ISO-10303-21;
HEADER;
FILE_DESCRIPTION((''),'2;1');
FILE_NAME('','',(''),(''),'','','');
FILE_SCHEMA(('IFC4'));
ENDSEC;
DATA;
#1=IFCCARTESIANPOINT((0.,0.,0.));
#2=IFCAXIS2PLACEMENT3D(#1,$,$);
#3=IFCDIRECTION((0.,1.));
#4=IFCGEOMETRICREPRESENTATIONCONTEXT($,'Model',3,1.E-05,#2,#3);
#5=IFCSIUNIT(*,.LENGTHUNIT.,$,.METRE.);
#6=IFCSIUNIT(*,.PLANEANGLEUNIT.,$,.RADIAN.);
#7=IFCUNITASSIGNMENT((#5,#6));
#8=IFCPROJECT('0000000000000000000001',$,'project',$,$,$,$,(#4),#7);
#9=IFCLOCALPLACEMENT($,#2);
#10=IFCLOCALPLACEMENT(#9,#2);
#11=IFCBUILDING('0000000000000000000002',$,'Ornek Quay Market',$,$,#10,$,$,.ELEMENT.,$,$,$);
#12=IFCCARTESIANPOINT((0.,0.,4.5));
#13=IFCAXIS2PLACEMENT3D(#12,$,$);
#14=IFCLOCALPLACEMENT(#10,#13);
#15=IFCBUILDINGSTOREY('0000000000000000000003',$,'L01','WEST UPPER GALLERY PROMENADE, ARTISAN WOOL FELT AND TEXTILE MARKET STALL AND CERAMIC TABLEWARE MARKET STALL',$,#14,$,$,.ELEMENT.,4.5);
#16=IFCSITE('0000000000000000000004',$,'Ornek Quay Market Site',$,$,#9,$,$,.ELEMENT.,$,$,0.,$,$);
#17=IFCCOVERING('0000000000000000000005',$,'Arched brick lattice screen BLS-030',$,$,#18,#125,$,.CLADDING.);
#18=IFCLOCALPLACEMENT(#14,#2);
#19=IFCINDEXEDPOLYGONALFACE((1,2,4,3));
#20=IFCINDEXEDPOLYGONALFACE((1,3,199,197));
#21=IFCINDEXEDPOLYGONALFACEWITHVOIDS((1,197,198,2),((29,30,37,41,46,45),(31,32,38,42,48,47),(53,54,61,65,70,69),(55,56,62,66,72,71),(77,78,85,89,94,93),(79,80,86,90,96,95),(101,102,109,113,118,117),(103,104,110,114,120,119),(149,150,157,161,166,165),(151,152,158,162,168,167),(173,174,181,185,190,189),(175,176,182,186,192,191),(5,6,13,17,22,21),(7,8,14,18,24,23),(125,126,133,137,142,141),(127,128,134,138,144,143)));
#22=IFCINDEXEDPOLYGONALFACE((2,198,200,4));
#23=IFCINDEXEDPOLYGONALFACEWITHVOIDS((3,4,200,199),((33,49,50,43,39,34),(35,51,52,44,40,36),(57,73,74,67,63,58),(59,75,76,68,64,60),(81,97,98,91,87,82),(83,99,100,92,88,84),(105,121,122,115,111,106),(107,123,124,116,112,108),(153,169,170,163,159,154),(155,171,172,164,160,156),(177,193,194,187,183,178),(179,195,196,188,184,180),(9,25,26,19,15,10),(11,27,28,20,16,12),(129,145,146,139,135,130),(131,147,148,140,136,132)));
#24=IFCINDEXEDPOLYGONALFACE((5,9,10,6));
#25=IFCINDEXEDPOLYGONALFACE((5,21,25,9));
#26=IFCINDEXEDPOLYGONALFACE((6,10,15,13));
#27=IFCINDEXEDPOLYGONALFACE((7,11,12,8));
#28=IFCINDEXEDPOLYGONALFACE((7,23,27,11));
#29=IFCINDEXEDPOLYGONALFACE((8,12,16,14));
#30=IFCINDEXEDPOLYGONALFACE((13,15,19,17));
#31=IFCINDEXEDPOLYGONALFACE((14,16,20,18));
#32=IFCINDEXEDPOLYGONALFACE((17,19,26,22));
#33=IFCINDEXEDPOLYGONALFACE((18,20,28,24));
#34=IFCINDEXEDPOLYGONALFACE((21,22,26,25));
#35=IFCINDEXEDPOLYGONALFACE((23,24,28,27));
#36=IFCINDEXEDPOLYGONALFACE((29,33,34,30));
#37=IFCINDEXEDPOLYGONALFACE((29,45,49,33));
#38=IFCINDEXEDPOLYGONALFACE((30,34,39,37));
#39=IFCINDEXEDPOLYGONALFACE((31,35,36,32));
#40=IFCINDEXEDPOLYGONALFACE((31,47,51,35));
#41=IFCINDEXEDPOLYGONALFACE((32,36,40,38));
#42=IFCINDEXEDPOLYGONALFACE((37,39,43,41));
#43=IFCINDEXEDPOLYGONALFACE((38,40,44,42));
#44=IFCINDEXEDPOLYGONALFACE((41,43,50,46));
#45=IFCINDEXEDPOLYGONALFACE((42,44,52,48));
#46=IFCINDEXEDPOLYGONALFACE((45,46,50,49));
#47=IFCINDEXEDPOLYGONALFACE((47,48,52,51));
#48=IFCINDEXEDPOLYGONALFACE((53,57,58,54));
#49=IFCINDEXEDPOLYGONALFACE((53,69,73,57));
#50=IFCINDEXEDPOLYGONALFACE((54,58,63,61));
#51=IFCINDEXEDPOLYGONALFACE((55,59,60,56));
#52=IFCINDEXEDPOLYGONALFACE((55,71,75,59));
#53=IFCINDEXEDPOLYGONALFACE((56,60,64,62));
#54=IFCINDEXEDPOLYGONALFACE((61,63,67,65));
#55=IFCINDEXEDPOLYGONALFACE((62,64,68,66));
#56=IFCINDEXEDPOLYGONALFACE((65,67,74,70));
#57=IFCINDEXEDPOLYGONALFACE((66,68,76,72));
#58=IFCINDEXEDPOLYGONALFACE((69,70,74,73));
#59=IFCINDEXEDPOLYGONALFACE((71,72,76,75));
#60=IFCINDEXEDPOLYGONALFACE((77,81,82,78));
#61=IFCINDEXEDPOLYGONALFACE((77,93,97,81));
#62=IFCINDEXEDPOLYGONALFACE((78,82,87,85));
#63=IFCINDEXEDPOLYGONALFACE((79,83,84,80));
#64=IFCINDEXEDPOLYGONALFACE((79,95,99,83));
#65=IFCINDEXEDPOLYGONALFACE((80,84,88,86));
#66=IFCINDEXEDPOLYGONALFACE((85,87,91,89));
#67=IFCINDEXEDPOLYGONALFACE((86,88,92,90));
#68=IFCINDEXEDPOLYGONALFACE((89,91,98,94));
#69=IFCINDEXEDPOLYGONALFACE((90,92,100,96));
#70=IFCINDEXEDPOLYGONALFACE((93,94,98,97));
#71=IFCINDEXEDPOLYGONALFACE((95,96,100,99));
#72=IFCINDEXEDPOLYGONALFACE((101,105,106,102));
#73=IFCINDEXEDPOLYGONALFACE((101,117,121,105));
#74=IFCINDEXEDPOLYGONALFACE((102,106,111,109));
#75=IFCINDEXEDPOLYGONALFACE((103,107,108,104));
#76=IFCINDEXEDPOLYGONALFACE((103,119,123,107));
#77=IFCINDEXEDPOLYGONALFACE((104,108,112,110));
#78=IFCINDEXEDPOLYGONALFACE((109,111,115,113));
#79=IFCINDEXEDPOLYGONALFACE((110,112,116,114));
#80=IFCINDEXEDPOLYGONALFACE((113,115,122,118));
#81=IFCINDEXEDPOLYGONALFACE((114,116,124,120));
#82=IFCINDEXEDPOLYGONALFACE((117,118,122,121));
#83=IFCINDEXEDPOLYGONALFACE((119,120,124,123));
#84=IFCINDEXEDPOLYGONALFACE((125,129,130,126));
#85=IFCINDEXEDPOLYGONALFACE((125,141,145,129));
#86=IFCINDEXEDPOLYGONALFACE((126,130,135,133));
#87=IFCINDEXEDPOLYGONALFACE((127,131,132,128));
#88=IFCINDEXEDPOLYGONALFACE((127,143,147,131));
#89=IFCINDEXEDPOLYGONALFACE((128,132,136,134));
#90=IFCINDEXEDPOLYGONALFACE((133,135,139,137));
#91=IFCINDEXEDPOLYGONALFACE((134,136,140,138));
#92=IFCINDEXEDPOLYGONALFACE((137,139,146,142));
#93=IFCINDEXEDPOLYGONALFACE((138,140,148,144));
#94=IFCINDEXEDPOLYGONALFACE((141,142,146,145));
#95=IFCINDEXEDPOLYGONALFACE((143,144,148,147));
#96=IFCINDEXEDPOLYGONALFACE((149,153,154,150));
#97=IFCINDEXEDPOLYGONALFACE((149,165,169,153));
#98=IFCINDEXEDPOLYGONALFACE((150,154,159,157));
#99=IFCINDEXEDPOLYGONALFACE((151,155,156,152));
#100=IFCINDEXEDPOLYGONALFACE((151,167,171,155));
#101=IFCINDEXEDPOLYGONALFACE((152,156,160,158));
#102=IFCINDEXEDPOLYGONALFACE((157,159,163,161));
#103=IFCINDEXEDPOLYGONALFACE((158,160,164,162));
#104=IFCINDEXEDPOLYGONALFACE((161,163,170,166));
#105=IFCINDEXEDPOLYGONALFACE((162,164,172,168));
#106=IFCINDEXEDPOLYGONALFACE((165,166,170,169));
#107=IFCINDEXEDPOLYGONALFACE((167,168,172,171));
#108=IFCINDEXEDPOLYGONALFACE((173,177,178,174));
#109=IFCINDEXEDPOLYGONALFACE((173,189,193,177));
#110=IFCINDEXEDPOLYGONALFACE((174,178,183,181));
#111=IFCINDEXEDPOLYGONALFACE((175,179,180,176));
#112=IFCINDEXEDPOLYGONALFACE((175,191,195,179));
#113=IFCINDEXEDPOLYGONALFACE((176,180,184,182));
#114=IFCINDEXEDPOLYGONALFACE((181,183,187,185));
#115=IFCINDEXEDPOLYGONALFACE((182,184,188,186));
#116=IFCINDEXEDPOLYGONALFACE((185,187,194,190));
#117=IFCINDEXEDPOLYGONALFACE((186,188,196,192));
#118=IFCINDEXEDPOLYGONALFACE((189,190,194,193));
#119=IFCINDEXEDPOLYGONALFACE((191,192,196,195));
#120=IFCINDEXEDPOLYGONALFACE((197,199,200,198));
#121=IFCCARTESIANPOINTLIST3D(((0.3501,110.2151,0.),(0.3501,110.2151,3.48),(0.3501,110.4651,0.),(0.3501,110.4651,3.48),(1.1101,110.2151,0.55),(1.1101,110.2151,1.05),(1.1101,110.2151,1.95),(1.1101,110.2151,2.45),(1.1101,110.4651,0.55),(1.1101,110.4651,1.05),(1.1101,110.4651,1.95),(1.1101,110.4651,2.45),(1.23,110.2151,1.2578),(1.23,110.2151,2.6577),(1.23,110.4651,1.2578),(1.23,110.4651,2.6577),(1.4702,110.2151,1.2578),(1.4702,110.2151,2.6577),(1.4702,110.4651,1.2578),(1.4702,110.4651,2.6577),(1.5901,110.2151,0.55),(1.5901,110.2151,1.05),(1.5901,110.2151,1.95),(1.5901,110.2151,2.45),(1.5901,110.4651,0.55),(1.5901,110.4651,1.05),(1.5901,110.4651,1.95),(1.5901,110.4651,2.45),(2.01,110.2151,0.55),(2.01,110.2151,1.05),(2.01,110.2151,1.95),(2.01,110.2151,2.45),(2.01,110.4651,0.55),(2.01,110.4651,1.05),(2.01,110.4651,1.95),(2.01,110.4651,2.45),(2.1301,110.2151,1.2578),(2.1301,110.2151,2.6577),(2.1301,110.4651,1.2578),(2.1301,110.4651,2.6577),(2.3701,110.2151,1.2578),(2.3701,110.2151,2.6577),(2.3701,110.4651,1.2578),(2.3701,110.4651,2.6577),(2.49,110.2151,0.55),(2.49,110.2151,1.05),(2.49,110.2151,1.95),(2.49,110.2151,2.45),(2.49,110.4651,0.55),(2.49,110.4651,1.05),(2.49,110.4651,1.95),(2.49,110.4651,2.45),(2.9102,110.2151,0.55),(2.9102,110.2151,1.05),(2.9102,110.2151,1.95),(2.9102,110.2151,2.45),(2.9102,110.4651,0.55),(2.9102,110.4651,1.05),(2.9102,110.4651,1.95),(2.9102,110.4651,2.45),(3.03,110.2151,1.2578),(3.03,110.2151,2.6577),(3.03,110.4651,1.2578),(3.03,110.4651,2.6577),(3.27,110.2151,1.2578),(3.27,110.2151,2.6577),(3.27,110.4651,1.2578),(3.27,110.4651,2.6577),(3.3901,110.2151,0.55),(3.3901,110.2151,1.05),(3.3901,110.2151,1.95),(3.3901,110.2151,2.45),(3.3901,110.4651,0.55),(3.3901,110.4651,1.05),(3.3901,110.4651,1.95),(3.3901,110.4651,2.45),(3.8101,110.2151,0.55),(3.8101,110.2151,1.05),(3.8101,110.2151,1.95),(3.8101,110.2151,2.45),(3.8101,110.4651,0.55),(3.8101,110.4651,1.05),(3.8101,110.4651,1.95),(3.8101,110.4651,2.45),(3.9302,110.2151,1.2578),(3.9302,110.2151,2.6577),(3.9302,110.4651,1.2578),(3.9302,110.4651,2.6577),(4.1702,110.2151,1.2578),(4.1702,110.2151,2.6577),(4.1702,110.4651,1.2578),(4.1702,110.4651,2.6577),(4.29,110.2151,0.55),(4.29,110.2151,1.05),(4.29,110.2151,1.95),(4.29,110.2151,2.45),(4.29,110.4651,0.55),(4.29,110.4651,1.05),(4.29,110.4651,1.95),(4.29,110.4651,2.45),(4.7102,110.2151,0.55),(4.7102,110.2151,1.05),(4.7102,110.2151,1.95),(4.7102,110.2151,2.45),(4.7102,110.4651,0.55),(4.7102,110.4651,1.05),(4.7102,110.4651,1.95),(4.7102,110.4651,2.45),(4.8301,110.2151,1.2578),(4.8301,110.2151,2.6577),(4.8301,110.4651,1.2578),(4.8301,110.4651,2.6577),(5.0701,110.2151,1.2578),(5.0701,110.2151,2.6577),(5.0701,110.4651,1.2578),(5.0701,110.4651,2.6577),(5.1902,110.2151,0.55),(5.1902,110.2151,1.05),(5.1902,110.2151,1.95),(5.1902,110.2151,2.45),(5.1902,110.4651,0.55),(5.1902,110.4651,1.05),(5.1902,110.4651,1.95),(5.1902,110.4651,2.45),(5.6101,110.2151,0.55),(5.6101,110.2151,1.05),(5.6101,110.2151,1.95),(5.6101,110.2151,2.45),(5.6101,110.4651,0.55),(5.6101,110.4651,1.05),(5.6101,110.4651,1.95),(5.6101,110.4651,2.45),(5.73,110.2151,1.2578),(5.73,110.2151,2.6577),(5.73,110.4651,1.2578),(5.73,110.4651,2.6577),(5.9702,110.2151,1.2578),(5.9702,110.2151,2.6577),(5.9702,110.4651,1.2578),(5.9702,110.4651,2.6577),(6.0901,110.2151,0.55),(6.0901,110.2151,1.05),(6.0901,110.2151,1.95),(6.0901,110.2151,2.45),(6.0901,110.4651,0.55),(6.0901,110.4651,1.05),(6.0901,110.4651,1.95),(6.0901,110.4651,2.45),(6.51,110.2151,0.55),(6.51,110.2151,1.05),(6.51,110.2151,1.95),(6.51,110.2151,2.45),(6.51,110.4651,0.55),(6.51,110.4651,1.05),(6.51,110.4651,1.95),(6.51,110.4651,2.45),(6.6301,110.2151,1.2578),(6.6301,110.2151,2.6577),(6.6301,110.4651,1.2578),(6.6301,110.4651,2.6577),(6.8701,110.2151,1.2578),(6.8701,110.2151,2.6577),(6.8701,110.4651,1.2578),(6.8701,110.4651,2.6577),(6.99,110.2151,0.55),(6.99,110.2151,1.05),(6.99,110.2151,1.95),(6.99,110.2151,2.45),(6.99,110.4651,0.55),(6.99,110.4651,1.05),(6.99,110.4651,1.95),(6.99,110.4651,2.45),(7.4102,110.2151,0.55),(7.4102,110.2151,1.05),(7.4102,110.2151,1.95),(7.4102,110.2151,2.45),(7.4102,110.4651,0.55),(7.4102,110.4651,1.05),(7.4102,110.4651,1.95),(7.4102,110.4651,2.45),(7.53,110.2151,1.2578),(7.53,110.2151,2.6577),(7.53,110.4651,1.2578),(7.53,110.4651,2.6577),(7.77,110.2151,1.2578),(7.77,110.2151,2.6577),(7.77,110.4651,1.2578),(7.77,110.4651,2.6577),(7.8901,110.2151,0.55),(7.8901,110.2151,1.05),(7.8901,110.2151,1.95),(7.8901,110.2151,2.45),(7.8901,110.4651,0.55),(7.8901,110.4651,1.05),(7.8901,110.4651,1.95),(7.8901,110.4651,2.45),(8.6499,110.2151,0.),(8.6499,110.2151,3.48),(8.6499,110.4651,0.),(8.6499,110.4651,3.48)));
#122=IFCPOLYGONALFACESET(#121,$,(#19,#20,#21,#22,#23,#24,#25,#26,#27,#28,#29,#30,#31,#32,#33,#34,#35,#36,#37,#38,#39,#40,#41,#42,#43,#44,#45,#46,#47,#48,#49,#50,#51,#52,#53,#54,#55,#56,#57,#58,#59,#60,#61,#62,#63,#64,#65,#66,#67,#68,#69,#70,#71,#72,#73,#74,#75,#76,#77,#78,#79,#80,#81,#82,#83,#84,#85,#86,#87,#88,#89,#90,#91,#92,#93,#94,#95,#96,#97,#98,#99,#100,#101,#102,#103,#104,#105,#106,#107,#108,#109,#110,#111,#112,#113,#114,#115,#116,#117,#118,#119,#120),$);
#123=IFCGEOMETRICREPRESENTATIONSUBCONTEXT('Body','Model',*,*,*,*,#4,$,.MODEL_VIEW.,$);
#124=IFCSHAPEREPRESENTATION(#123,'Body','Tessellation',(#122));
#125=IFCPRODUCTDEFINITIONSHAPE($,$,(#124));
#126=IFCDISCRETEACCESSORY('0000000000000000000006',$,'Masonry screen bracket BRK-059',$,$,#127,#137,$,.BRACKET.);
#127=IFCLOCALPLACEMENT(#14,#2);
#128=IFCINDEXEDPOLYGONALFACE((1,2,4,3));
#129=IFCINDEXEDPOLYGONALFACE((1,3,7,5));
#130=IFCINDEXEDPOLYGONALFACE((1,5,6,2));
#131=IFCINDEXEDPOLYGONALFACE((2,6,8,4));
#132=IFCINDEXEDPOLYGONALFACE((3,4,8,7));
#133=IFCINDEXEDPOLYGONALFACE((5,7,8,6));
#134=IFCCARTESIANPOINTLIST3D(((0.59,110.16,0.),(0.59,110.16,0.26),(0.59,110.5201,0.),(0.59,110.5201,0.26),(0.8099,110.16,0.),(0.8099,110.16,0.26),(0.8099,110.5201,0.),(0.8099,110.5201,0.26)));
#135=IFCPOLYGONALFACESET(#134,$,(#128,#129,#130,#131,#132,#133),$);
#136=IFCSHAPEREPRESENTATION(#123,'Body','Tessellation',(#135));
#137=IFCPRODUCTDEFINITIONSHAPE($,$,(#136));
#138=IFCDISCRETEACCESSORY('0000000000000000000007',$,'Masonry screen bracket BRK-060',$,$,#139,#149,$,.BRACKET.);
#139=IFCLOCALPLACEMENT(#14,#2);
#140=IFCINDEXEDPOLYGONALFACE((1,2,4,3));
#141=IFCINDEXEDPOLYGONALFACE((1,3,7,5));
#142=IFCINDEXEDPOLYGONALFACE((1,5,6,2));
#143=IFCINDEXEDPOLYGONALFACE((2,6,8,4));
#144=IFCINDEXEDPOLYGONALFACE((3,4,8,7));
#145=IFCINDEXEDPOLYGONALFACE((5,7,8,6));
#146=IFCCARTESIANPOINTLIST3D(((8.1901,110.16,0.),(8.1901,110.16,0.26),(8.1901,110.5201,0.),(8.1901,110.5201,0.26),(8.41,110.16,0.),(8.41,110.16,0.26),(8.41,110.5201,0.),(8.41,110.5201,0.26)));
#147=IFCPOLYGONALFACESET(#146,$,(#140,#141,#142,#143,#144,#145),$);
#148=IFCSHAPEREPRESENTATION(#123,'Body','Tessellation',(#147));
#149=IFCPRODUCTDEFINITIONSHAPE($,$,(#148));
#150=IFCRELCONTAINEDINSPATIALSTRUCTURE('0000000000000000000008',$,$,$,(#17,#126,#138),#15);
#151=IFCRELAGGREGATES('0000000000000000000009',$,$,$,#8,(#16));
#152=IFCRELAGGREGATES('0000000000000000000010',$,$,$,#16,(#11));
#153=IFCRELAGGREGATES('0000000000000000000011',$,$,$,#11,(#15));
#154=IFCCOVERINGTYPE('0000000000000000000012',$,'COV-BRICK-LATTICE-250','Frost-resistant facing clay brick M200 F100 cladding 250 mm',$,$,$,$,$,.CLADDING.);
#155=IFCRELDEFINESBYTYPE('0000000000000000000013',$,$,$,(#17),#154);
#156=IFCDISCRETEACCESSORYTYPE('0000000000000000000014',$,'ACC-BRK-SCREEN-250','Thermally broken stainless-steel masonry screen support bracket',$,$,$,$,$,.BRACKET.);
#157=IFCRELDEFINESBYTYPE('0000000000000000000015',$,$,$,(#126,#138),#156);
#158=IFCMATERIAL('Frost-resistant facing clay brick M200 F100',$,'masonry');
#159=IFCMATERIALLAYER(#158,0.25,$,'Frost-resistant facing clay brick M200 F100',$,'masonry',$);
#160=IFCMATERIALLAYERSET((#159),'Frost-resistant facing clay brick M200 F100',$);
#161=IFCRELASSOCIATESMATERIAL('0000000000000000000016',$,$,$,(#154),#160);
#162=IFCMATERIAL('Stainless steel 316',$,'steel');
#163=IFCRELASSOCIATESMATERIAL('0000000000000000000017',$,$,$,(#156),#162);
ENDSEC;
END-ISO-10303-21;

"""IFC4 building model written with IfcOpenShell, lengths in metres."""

from ifc_helpers import new_model, si_unit, direction, frame, origin, origin_2d, place, context, subcontext, project, spatial, polyline, rectangle, outline, extrude, material, layer, layer_set, type_object, element, save


model = new_model("IFC4")

# Units and contexts
model_context = context("Model", 3, precision=1e-05, world=origin(), true_north=direction((0.0, 1.0)))
body_context = subcontext(model_context, "Body", "Model", "MODEL_VIEW")
ifc_project = project(units=[si_unit("LENGTHUNIT", "METRE"), si_unit("PLANEANGLEUNIT", "RADIAN")], contexts=[model_context])

# Site, building, storey
site_placement = place(None, origin())
site = spatial("IfcSite", under=ifc_project, at=site_placement, Name="Ornek Quay Market Site", CompositionType="ELEMENT", RefElevation=0.0)
building_placement = place(site_placement, origin())
building = spatial("IfcBuilding", under=site, at=building_placement, Name="Ornek Quay Market", CompositionType="ELEMENT")
storey_placement = place(building_placement, frame((0.0, 0.0, 4.5)))
storey = spatial("IfcBuildingStorey", under=building, at=storey_placement, Name="L01", Description="WEST UPPER GALLERY PROMENADE, ARTISAN WOOL FELT AND TEXTILE MARKET STALL AND CERAMIC TABLEWARE MARKET STALL", CompositionType="ELEMENT", Elevation=4.5)

# Covering
ifc_material_1 = material(Name="Frost-resistant facing clay brick M200 F100", Category="masonry")
ifc_layer_1 = layer(ifc_material_1, 0.25, Name="Frost-resistant facing clay brick M200 F100", Category="masonry")
ifc_layer_set_1 = layer_set([ifc_layer_1], Name="Frost-resistant facing clay brick M200 F100")
covering_type = type_object("IfcCoveringType", Name="COV-BRICK-LATTICE-250", Description="Frost-resistant facing clay brick M200 F100 cladding 250 mm", PredefinedType="CLADDING", material=ifc_layer_set_1)
covering_placement = place(storey_placement, frame((0.3501, 110.3401, 0.0), z_axis=(0.0, 0.0, 1.0), x_axis=(1.0, 0.0, 0.0)))
element("IfcCovering", 1, at=covering_placement, inside=storey, type_object=covering_type, Name="Arched brick lattice screen BLS-030", PredefinedType="CLADDING", context=body_context, shape_type="SweptSolid", body=[
    extrude(outline(polyline([(0.0, 0.0), (8.2998, 0.0), (8.2998, 3.48), (0.0, 3.48), (0.0, 0.0)]), holes=[polyline([(0.76, 0.55), (1.24, 0.55), (1.24, 1.05), (1.1201, 1.2578), (0.8799, 1.2578), (0.76, 1.05), (0.76, 0.55)]), polyline([(0.76, 1.95), (1.24, 1.95), (1.24, 2.45), (1.1201, 2.6577), (0.8799, 2.6577), (0.76, 2.45), (0.76, 1.95)]), polyline([(1.6599, 0.55), (2.1399, 0.55), (2.1399, 1.05), (2.02, 1.2578), (1.78, 1.2578), (1.6599, 1.05), (1.6599, 0.55)]), polyline([(1.6599, 1.95), (2.1399, 1.95), (2.1399, 2.45), (2.02, 2.6577), (1.78, 2.6577), (1.6599, 2.45), (1.6599, 1.95)]), polyline([(2.5601, 0.55), (3.04, 0.55), (3.04, 1.05), (2.9199, 1.2578), (2.6799, 1.2578), (2.5601, 1.05), (2.5601, 0.55)]), polyline([(2.5601, 1.95), (3.04, 1.95), (3.04, 2.45), (2.9199, 2.6577), (2.6799, 2.6577), (2.5601, 2.45), (2.5601, 1.95)]), polyline([(3.46, 0.55), (3.9399, 0.55), (3.9399, 1.05), (3.8201, 1.2578), (3.5801, 1.2578), (3.46, 1.05), (3.46, 0.55)]), polyline([(3.46, 1.95), (3.9399, 1.95), (3.9399, 2.45), (3.8201, 2.6577), (3.5801, 2.6577), (3.46, 2.45), (3.46, 1.95)]), polyline([(4.3601, 0.55), (4.8401, 0.55), (4.8401, 1.05), (4.72, 1.2578), (4.48, 1.2578), (4.3601, 1.05), (4.3601, 0.55)]), polyline([(4.3601, 1.95), (4.8401, 1.95), (4.8401, 2.45), (4.72, 2.6577), (4.48, 2.6577), (4.3601, 2.45), (4.3601, 1.95)]), polyline([(5.26, 0.55), (5.74, 0.55), (5.74, 1.05), (5.6201, 1.2578), (5.3799, 1.2578), (5.26, 1.05), (5.26, 0.55)]), polyline([(5.26, 1.95), (5.74, 1.95), (5.74, 2.45), (5.6201, 2.6577), (5.3799, 2.6577), (5.26, 2.45), (5.26, 1.95)]), polyline([(6.1599, 0.55), (6.6399, 0.55), (6.6399, 1.05), (6.52, 1.2578), (6.28, 1.2578), (6.1599, 1.05), (6.1599, 0.55)]), polyline([(6.1599, 1.95), (6.6399, 1.95), (6.6399, 2.45), (6.52, 2.6577), (6.28, 2.6577), (6.1599, 2.45), (6.1599, 1.95)]), polyline([(7.0601, 0.55), (7.54, 0.55), (7.54, 1.05), (7.4199, 1.2578), (7.1799, 1.2578), (7.0601, 1.05), (7.0601, 0.55)]), polyline([(7.0601, 1.95), (7.54, 1.95), (7.54, 2.45), (7.4199, 2.6577), (7.1799, 2.6577), (7.0601, 2.45), (7.0601, 1.95)])]), frame((0.0, 0.125, 0.0), z_axis=(0.0, -1.0, 0.0), x_axis=(1.0, 0.0, 0.0)), (0.0, 0.0, 1.0), 0.25),
])

# Discrete accessories
ifc_material_2 = material(Name="Stainless steel 316", Category="steel")
discrete_accessory_type = type_object("IfcDiscreteAccessoryType", Name="ACC-BRK-SCREEN-250", Description="Thermally broken stainless-steel masonry screen support bracket", PredefinedType="BRACKET", material=ifc_material_2)
for number, where, z_axis, x_axis, name in (
    (2, (0.7, 110.3401, 0.0), (0.0, 0.0, 1.0), (1.0, 0.0, 0.0), "Masonry screen bracket BRK-059"),
    (3, (8.3, 110.3401, 0.0), (0.0, 0.0, 1.0), (1.0, 0.0, 0.0), "Masonry screen bracket BRK-060"),
):
    element("IfcDiscreteAccessory", number, at=place(storey_placement, frame(where, z_axis=z_axis, x_axis=x_axis)), inside=storey, type_object=discrete_accessory_type, Name=name, PredefinedType="BRACKET", context=body_context, shape_type="SweptSolid", body=[
        extrude(rectangle(XDim=0.22, YDim=0.3601, at=origin_2d()), origin(), (0.0, 0.0, 1.0), 0.26),
    ])

save(model, "model.ifc")
